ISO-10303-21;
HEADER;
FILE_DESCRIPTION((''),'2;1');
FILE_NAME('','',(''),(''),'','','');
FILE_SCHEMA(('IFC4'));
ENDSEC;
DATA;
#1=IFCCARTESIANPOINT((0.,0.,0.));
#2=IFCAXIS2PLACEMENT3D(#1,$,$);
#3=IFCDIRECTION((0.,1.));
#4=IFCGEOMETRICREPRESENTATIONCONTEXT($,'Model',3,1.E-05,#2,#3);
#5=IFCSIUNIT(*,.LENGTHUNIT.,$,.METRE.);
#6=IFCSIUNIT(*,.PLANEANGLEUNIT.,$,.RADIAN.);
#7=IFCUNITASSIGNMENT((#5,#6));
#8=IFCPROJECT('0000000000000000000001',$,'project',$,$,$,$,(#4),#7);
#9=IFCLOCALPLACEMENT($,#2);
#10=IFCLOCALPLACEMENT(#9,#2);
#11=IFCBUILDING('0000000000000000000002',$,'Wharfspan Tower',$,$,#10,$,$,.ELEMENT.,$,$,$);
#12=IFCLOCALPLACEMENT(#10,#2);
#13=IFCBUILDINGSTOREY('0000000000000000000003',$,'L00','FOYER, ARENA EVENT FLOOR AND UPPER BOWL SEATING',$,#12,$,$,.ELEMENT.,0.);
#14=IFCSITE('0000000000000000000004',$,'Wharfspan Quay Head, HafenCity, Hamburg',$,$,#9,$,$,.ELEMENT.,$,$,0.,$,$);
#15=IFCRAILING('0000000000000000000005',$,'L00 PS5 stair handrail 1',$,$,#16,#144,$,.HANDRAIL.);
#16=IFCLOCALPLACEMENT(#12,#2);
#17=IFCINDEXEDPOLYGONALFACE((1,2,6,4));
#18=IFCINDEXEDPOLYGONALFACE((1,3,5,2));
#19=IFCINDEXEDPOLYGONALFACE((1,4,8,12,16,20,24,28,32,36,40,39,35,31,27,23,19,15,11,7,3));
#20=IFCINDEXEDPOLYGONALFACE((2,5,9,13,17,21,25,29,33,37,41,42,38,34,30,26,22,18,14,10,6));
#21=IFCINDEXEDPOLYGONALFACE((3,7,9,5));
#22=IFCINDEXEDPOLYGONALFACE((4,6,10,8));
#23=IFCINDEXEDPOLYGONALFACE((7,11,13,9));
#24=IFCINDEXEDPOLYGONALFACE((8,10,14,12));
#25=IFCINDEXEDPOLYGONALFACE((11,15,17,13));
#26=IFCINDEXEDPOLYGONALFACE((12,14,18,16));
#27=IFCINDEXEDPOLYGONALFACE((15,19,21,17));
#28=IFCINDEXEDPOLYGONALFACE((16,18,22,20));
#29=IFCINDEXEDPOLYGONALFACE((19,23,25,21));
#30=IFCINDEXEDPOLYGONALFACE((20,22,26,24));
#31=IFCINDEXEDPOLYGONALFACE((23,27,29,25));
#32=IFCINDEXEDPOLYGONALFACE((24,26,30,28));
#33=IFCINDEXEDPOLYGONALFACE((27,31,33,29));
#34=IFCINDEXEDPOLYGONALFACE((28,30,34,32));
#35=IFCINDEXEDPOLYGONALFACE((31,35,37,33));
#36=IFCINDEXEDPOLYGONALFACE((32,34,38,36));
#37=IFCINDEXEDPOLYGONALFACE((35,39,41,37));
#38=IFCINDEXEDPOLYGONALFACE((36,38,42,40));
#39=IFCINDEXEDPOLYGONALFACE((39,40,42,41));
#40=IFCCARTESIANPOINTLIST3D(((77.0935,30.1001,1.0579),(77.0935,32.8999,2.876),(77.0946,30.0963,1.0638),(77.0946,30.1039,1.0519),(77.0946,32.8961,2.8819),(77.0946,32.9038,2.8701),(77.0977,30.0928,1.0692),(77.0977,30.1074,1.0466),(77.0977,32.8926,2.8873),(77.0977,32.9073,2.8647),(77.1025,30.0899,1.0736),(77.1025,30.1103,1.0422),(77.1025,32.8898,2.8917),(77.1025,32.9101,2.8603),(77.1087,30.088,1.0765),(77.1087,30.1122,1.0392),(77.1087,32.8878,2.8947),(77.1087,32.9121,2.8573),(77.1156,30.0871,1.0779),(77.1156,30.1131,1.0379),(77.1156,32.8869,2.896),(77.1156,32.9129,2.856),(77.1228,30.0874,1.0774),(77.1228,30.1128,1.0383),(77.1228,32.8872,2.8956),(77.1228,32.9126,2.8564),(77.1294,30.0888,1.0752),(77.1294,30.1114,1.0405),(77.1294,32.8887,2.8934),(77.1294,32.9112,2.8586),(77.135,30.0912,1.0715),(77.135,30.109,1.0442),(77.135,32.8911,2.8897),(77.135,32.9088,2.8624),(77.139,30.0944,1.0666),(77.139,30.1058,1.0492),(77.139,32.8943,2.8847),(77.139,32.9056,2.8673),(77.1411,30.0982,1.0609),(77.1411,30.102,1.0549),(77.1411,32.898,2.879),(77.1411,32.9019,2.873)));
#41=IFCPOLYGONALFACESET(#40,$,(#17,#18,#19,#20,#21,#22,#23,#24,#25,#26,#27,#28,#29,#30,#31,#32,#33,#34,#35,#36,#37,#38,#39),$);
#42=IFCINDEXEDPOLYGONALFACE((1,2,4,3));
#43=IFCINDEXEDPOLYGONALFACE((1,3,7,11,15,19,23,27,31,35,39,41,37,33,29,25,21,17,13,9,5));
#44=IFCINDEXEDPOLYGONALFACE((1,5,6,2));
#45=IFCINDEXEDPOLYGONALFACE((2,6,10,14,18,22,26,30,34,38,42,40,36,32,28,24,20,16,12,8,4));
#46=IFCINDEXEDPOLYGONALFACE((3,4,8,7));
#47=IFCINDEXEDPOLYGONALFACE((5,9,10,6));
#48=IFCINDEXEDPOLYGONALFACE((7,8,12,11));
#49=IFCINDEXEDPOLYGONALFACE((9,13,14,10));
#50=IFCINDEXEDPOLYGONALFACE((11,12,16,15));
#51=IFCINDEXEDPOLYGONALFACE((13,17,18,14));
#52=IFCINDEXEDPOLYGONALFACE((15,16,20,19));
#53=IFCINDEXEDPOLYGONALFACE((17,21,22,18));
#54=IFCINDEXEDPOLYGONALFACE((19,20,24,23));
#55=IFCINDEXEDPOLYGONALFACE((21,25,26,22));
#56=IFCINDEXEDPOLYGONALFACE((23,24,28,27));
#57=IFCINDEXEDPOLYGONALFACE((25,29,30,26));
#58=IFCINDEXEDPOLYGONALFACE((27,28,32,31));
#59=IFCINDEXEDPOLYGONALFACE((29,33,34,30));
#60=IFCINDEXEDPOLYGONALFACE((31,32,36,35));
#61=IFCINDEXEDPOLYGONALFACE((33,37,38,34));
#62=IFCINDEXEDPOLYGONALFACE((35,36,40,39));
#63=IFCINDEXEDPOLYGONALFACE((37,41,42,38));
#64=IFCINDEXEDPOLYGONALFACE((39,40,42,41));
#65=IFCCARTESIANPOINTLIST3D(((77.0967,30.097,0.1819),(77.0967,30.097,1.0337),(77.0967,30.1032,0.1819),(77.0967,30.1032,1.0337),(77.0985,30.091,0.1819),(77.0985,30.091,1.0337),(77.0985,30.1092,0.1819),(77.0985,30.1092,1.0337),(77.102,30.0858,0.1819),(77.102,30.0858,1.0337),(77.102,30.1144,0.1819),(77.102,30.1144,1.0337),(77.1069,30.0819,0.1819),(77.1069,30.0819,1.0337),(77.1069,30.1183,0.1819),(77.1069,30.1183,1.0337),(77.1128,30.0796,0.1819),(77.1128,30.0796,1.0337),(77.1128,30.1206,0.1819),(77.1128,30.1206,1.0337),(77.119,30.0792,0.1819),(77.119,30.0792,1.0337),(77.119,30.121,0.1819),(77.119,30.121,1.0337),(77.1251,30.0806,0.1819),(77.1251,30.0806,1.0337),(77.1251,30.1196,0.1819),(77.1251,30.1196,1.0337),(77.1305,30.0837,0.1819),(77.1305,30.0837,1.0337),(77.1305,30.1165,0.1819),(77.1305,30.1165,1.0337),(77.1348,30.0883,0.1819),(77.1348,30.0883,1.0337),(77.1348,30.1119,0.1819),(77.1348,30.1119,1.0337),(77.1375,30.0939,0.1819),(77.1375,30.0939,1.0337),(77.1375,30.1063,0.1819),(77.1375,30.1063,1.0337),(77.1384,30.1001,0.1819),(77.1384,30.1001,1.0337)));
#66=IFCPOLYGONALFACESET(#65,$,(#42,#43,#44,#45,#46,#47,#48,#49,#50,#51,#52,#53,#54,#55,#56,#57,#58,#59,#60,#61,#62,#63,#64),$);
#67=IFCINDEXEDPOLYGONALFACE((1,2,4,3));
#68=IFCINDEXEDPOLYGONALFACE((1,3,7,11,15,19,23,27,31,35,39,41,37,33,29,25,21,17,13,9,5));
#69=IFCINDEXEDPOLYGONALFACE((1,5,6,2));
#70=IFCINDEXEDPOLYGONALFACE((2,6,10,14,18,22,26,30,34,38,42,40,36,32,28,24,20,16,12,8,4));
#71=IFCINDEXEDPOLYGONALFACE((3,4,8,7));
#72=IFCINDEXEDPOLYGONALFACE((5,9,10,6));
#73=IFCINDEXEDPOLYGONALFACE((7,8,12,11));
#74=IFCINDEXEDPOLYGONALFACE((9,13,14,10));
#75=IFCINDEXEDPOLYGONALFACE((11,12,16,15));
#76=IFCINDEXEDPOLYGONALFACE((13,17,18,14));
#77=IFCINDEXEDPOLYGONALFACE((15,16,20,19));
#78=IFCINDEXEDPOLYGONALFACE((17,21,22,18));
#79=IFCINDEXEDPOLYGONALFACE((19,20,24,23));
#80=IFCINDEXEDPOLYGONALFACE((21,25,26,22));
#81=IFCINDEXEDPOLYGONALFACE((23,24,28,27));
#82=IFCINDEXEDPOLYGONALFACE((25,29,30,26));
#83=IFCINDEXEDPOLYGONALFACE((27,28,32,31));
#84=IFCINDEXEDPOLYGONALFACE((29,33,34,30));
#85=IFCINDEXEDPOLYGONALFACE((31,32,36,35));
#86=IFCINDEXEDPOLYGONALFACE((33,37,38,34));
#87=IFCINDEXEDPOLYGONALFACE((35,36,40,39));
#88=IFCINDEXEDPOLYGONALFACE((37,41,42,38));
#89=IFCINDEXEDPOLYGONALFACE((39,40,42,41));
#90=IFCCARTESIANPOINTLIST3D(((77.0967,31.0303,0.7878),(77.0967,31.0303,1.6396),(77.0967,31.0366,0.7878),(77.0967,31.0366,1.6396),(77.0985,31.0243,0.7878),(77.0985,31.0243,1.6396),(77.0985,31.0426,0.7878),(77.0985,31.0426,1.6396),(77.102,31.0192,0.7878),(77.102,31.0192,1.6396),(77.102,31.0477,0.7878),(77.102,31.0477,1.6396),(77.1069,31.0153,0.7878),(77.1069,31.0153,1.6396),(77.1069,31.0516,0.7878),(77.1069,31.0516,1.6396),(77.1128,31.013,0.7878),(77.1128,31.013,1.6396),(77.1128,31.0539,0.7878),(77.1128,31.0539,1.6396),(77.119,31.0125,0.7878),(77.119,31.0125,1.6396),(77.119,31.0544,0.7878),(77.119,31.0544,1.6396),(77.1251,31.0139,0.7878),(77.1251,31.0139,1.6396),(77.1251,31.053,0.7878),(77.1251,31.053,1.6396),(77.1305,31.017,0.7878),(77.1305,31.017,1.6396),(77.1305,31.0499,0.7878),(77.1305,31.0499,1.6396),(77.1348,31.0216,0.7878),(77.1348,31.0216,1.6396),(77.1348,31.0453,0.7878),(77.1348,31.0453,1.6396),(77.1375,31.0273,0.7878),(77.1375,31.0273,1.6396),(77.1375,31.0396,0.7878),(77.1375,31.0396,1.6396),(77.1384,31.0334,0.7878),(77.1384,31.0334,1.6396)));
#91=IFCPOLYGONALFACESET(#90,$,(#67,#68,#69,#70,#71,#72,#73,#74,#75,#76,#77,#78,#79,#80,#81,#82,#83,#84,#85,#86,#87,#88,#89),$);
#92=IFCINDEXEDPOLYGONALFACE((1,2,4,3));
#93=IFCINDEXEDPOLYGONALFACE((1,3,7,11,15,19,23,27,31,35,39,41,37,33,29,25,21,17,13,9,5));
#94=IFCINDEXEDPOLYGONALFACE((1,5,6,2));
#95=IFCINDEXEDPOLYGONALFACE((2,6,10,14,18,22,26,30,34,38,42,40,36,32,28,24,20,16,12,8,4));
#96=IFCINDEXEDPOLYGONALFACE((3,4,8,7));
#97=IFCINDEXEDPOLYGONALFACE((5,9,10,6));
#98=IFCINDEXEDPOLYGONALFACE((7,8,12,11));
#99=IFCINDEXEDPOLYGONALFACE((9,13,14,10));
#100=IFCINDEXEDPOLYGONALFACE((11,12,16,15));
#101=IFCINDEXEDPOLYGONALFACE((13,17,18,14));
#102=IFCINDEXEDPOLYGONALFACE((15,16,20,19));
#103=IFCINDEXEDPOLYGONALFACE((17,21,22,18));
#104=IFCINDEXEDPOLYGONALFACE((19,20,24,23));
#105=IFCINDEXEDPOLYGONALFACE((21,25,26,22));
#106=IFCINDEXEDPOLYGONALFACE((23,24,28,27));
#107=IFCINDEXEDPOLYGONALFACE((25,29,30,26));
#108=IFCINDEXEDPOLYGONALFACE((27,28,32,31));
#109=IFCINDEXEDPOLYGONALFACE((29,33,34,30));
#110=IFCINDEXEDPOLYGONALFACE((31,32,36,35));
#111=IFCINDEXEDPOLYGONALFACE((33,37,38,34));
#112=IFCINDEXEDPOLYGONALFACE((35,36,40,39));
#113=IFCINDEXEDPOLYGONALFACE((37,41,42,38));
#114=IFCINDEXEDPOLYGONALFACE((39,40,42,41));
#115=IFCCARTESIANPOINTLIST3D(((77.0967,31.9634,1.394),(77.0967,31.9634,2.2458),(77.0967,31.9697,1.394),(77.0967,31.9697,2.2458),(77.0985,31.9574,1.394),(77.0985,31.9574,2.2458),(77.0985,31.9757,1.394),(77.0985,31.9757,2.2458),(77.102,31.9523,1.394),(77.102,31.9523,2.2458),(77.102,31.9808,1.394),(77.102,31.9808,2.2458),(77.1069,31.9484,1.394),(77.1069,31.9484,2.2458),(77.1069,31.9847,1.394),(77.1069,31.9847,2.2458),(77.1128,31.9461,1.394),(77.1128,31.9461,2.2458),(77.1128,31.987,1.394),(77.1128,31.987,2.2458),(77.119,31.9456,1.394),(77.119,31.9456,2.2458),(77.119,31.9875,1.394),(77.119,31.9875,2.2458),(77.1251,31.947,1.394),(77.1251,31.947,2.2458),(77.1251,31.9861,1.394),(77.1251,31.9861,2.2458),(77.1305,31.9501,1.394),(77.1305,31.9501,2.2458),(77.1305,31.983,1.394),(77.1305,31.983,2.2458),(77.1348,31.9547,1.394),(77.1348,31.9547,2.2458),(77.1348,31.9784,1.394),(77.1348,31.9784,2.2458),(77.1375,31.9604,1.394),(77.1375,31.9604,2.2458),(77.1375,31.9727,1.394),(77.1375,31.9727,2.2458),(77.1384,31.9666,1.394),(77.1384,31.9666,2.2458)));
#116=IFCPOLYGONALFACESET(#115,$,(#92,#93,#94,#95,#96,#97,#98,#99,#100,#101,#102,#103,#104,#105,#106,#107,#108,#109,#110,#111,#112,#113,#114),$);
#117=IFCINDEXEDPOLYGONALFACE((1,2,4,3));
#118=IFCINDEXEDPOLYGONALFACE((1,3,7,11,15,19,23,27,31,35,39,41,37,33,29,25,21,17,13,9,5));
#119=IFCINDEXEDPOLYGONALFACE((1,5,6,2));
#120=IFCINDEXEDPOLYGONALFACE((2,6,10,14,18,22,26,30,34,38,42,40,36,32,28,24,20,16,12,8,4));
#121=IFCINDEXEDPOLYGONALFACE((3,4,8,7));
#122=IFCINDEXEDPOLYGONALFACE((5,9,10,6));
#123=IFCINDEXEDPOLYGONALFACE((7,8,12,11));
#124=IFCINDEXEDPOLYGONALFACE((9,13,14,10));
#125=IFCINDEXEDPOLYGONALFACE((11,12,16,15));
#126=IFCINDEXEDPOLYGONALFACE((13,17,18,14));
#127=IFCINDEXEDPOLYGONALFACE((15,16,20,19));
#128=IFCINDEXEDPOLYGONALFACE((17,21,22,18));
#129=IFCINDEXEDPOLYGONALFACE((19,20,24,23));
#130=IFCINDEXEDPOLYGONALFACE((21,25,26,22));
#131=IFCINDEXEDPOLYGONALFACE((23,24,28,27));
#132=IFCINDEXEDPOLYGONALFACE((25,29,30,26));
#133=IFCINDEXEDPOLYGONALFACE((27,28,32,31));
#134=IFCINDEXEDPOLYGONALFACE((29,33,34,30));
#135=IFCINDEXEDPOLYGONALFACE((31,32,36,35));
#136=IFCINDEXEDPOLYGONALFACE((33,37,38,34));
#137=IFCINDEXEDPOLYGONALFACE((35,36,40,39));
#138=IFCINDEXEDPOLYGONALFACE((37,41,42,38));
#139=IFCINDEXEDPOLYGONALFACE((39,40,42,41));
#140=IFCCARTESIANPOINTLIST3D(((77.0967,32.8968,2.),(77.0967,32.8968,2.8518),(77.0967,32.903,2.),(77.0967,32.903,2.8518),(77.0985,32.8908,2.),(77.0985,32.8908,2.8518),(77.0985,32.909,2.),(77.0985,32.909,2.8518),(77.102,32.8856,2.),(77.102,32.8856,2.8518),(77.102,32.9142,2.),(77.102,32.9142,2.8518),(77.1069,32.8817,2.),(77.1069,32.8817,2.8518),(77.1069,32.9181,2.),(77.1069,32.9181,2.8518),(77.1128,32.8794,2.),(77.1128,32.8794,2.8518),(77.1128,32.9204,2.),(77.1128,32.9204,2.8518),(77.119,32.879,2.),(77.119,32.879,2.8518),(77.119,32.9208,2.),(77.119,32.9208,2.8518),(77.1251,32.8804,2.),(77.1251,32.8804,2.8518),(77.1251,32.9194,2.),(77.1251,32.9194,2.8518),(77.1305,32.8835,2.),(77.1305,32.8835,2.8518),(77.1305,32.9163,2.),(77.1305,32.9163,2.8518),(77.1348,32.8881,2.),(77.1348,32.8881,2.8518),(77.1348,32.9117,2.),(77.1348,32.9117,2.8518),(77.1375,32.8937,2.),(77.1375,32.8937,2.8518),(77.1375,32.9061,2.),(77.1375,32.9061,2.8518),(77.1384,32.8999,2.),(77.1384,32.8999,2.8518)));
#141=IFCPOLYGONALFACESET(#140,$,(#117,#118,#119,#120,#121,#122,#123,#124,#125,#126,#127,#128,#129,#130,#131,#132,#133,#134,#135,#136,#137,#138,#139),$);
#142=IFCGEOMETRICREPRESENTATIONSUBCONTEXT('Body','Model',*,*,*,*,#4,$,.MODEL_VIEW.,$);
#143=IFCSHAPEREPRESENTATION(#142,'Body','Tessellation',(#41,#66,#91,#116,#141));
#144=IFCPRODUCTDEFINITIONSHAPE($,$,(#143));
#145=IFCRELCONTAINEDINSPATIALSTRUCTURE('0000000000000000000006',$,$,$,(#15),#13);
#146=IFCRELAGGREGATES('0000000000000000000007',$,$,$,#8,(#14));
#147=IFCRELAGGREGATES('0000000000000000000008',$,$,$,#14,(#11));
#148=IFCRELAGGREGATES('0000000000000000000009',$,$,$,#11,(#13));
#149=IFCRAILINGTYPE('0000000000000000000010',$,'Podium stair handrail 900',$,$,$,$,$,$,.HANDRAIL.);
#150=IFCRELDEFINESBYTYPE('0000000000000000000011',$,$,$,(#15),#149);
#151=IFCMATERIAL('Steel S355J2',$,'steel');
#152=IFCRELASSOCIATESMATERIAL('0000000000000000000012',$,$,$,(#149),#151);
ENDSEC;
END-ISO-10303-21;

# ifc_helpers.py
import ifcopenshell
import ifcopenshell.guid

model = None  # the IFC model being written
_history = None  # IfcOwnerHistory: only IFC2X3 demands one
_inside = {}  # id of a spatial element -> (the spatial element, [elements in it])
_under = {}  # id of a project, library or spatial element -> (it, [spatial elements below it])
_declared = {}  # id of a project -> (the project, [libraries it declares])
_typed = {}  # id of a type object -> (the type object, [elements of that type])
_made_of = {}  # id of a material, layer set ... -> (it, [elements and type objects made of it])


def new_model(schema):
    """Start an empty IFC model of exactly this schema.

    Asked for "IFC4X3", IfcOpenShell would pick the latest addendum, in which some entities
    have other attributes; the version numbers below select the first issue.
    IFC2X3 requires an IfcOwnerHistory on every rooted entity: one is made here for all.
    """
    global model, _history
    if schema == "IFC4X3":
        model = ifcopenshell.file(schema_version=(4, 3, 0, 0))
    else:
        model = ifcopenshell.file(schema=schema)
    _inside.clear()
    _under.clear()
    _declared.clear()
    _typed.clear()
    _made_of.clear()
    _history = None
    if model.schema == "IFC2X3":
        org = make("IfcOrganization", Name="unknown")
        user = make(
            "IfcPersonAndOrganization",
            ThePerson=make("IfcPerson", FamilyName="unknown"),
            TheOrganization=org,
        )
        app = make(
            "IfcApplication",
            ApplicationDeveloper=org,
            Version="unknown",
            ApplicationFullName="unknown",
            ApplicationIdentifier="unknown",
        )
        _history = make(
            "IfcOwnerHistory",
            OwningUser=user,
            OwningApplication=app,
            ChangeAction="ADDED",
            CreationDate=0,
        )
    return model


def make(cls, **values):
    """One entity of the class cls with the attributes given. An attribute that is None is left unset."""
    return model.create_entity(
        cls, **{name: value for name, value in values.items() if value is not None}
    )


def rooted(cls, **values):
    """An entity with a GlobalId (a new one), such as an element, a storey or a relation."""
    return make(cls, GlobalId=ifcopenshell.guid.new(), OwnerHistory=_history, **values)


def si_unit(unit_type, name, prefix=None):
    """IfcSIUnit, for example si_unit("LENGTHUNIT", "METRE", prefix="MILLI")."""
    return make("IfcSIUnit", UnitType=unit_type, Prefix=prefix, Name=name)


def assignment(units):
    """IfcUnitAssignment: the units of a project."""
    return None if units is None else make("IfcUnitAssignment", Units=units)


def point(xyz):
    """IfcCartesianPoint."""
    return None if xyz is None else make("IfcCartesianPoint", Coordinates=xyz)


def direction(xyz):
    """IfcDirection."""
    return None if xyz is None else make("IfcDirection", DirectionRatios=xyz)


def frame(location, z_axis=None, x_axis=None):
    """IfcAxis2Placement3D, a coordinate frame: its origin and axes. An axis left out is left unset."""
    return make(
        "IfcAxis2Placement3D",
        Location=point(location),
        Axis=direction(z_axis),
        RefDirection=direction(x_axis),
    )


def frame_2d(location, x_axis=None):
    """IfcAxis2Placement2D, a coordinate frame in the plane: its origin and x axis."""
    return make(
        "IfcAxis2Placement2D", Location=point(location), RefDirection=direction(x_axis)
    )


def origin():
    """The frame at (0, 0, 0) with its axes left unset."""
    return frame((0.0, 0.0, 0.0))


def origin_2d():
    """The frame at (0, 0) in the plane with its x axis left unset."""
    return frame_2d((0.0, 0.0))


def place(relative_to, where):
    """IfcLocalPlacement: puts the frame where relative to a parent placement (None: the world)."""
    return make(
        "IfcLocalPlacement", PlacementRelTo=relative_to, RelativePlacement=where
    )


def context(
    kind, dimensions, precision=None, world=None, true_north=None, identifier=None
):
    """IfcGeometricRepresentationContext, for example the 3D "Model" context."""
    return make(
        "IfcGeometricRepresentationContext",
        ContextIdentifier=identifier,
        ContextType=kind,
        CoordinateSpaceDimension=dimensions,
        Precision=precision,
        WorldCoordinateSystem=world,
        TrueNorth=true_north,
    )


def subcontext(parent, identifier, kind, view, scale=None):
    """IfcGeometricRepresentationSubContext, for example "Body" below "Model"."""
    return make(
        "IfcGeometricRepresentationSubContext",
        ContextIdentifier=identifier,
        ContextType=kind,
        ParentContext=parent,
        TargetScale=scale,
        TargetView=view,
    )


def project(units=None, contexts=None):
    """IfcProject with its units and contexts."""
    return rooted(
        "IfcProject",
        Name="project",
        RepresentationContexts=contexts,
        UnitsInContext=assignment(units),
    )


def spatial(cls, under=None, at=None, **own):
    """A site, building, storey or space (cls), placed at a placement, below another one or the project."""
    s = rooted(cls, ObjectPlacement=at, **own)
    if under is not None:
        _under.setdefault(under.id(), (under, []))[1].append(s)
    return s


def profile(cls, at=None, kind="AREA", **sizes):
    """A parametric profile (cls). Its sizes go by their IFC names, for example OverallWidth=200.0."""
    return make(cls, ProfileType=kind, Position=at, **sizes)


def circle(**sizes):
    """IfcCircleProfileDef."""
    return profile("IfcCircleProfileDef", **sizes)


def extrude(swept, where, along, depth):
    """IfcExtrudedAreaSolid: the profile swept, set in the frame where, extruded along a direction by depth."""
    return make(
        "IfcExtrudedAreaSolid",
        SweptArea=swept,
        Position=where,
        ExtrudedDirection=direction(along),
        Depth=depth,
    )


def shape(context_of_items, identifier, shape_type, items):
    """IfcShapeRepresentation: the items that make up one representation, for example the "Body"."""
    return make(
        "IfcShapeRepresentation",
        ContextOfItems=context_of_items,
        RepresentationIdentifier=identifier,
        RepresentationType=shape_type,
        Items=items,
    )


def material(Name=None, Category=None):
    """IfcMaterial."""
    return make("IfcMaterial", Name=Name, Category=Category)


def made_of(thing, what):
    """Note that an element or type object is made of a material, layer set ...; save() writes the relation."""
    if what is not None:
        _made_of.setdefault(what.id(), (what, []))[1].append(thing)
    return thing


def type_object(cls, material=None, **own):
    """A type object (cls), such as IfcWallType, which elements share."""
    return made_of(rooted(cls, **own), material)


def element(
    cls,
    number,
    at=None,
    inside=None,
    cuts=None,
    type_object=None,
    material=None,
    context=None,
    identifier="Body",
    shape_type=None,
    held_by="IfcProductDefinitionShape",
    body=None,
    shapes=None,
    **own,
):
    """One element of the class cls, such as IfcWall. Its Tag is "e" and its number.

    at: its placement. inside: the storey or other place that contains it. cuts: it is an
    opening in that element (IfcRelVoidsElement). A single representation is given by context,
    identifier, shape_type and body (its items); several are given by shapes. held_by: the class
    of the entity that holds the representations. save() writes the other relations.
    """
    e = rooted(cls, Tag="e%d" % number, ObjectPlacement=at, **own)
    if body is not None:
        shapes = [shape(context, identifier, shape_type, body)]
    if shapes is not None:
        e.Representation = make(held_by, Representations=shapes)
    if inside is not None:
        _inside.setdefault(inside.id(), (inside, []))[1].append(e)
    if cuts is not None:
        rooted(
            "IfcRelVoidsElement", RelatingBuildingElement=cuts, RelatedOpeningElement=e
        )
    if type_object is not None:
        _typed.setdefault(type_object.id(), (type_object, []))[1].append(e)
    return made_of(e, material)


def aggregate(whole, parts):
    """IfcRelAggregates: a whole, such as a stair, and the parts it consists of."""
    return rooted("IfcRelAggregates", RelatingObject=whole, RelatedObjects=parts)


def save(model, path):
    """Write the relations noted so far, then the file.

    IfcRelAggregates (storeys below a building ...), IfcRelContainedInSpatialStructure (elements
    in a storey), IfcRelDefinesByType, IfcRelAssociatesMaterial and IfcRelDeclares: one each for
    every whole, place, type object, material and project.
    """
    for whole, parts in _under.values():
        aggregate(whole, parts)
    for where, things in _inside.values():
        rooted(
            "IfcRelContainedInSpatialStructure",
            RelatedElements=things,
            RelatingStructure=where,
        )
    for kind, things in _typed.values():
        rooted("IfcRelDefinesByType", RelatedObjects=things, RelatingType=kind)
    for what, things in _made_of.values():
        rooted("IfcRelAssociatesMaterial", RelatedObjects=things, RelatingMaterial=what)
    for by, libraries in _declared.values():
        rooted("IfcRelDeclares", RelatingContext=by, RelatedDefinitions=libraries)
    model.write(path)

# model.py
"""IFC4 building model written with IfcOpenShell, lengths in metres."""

from ifc_helpers import new_model, si_unit, direction, frame, origin, origin_2d, place, context, subcontext, project, spatial, circle, extrude, material, type_object, element, save


model = new_model("IFC4")

# Units and contexts
model_context = context("Model", 3, precision=1e-05, world=origin(), true_north=direction((0.0, 1.0)))
body_context = subcontext(model_context, "Body", "Model", "MODEL_VIEW")
ifc_project = project(units=[si_unit("LENGTHUNIT", "METRE"), si_unit("PLANEANGLEUNIT", "RADIAN")], contexts=[model_context])

# Site, building, storey
site_placement = place(None, origin())
site = spatial("IfcSite", under=ifc_project, at=site_placement, Name="Wharfspan Quay Head, HafenCity, Hamburg", CompositionType="ELEMENT", RefElevation=0.0)
building_placement = place(site_placement, origin())
building = spatial("IfcBuilding", under=site, at=building_placement, Name="Wharfspan Tower", CompositionType="ELEMENT")
storey_placement = place(building_placement, origin())
storey = spatial("IfcBuildingStorey", under=building, at=storey_placement, Name="L00", Description="FOYER, ARENA EVENT FLOOR AND UPPER BOWL SEATING", CompositionType="ELEMENT", Elevation=0.0)

# Shared definitions
ifc_material_1 = material(Name="Steel S355J2", Category="steel")

# Railing
railing_type_1 = type_object("IfcRailingType", Name="Podium stair handrail 900", PredefinedType="HANDRAIL", material=ifc_material_1)
for number, where, name in (
    (1, (77.1174, 30.1001, 0.1819), "L00 PS5 stair handrail 1"),
):
    element("IfcRailing", number, at=place(storey_placement, frame(where)), inside=storey, type_object=railing_type_1, Name=name, PredefinedType="HANDRAIL", context=body_context, shape_type="SweptSolid", body=[
        extrude(circle(Radius=0.0239, at=origin_2d()), frame((0.0, 0.0, 0.876), z_axis=(0.0, 0.838684, 0.544618), x_axis=(-1.0, 0.0, 0.0)), (0.0, 0.0, 1.0), 3.3384),
        extrude(circle(Radius=0.021, at=origin_2d()), origin(), (0.0, 0.0, 1.0), 0.8518),
        extrude(circle(Radius=0.021, at=origin_2d()), frame((0.0, 0.9334, 0.606)), (0.0, 0.0, 1.0), 0.8518),
        extrude(circle(Radius=0.021, at=origin_2d()), frame((0.0, 1.8665, 1.2122)), (0.0, 0.0, 1.0), 0.8518),
        extrude(circle(Radius=0.021, at=origin_2d()), frame((0.0, 2.7998, 1.8181)), (0.0, 0.0, 1.0), 0.8518),
    ])

save(model, "model.ifc")
